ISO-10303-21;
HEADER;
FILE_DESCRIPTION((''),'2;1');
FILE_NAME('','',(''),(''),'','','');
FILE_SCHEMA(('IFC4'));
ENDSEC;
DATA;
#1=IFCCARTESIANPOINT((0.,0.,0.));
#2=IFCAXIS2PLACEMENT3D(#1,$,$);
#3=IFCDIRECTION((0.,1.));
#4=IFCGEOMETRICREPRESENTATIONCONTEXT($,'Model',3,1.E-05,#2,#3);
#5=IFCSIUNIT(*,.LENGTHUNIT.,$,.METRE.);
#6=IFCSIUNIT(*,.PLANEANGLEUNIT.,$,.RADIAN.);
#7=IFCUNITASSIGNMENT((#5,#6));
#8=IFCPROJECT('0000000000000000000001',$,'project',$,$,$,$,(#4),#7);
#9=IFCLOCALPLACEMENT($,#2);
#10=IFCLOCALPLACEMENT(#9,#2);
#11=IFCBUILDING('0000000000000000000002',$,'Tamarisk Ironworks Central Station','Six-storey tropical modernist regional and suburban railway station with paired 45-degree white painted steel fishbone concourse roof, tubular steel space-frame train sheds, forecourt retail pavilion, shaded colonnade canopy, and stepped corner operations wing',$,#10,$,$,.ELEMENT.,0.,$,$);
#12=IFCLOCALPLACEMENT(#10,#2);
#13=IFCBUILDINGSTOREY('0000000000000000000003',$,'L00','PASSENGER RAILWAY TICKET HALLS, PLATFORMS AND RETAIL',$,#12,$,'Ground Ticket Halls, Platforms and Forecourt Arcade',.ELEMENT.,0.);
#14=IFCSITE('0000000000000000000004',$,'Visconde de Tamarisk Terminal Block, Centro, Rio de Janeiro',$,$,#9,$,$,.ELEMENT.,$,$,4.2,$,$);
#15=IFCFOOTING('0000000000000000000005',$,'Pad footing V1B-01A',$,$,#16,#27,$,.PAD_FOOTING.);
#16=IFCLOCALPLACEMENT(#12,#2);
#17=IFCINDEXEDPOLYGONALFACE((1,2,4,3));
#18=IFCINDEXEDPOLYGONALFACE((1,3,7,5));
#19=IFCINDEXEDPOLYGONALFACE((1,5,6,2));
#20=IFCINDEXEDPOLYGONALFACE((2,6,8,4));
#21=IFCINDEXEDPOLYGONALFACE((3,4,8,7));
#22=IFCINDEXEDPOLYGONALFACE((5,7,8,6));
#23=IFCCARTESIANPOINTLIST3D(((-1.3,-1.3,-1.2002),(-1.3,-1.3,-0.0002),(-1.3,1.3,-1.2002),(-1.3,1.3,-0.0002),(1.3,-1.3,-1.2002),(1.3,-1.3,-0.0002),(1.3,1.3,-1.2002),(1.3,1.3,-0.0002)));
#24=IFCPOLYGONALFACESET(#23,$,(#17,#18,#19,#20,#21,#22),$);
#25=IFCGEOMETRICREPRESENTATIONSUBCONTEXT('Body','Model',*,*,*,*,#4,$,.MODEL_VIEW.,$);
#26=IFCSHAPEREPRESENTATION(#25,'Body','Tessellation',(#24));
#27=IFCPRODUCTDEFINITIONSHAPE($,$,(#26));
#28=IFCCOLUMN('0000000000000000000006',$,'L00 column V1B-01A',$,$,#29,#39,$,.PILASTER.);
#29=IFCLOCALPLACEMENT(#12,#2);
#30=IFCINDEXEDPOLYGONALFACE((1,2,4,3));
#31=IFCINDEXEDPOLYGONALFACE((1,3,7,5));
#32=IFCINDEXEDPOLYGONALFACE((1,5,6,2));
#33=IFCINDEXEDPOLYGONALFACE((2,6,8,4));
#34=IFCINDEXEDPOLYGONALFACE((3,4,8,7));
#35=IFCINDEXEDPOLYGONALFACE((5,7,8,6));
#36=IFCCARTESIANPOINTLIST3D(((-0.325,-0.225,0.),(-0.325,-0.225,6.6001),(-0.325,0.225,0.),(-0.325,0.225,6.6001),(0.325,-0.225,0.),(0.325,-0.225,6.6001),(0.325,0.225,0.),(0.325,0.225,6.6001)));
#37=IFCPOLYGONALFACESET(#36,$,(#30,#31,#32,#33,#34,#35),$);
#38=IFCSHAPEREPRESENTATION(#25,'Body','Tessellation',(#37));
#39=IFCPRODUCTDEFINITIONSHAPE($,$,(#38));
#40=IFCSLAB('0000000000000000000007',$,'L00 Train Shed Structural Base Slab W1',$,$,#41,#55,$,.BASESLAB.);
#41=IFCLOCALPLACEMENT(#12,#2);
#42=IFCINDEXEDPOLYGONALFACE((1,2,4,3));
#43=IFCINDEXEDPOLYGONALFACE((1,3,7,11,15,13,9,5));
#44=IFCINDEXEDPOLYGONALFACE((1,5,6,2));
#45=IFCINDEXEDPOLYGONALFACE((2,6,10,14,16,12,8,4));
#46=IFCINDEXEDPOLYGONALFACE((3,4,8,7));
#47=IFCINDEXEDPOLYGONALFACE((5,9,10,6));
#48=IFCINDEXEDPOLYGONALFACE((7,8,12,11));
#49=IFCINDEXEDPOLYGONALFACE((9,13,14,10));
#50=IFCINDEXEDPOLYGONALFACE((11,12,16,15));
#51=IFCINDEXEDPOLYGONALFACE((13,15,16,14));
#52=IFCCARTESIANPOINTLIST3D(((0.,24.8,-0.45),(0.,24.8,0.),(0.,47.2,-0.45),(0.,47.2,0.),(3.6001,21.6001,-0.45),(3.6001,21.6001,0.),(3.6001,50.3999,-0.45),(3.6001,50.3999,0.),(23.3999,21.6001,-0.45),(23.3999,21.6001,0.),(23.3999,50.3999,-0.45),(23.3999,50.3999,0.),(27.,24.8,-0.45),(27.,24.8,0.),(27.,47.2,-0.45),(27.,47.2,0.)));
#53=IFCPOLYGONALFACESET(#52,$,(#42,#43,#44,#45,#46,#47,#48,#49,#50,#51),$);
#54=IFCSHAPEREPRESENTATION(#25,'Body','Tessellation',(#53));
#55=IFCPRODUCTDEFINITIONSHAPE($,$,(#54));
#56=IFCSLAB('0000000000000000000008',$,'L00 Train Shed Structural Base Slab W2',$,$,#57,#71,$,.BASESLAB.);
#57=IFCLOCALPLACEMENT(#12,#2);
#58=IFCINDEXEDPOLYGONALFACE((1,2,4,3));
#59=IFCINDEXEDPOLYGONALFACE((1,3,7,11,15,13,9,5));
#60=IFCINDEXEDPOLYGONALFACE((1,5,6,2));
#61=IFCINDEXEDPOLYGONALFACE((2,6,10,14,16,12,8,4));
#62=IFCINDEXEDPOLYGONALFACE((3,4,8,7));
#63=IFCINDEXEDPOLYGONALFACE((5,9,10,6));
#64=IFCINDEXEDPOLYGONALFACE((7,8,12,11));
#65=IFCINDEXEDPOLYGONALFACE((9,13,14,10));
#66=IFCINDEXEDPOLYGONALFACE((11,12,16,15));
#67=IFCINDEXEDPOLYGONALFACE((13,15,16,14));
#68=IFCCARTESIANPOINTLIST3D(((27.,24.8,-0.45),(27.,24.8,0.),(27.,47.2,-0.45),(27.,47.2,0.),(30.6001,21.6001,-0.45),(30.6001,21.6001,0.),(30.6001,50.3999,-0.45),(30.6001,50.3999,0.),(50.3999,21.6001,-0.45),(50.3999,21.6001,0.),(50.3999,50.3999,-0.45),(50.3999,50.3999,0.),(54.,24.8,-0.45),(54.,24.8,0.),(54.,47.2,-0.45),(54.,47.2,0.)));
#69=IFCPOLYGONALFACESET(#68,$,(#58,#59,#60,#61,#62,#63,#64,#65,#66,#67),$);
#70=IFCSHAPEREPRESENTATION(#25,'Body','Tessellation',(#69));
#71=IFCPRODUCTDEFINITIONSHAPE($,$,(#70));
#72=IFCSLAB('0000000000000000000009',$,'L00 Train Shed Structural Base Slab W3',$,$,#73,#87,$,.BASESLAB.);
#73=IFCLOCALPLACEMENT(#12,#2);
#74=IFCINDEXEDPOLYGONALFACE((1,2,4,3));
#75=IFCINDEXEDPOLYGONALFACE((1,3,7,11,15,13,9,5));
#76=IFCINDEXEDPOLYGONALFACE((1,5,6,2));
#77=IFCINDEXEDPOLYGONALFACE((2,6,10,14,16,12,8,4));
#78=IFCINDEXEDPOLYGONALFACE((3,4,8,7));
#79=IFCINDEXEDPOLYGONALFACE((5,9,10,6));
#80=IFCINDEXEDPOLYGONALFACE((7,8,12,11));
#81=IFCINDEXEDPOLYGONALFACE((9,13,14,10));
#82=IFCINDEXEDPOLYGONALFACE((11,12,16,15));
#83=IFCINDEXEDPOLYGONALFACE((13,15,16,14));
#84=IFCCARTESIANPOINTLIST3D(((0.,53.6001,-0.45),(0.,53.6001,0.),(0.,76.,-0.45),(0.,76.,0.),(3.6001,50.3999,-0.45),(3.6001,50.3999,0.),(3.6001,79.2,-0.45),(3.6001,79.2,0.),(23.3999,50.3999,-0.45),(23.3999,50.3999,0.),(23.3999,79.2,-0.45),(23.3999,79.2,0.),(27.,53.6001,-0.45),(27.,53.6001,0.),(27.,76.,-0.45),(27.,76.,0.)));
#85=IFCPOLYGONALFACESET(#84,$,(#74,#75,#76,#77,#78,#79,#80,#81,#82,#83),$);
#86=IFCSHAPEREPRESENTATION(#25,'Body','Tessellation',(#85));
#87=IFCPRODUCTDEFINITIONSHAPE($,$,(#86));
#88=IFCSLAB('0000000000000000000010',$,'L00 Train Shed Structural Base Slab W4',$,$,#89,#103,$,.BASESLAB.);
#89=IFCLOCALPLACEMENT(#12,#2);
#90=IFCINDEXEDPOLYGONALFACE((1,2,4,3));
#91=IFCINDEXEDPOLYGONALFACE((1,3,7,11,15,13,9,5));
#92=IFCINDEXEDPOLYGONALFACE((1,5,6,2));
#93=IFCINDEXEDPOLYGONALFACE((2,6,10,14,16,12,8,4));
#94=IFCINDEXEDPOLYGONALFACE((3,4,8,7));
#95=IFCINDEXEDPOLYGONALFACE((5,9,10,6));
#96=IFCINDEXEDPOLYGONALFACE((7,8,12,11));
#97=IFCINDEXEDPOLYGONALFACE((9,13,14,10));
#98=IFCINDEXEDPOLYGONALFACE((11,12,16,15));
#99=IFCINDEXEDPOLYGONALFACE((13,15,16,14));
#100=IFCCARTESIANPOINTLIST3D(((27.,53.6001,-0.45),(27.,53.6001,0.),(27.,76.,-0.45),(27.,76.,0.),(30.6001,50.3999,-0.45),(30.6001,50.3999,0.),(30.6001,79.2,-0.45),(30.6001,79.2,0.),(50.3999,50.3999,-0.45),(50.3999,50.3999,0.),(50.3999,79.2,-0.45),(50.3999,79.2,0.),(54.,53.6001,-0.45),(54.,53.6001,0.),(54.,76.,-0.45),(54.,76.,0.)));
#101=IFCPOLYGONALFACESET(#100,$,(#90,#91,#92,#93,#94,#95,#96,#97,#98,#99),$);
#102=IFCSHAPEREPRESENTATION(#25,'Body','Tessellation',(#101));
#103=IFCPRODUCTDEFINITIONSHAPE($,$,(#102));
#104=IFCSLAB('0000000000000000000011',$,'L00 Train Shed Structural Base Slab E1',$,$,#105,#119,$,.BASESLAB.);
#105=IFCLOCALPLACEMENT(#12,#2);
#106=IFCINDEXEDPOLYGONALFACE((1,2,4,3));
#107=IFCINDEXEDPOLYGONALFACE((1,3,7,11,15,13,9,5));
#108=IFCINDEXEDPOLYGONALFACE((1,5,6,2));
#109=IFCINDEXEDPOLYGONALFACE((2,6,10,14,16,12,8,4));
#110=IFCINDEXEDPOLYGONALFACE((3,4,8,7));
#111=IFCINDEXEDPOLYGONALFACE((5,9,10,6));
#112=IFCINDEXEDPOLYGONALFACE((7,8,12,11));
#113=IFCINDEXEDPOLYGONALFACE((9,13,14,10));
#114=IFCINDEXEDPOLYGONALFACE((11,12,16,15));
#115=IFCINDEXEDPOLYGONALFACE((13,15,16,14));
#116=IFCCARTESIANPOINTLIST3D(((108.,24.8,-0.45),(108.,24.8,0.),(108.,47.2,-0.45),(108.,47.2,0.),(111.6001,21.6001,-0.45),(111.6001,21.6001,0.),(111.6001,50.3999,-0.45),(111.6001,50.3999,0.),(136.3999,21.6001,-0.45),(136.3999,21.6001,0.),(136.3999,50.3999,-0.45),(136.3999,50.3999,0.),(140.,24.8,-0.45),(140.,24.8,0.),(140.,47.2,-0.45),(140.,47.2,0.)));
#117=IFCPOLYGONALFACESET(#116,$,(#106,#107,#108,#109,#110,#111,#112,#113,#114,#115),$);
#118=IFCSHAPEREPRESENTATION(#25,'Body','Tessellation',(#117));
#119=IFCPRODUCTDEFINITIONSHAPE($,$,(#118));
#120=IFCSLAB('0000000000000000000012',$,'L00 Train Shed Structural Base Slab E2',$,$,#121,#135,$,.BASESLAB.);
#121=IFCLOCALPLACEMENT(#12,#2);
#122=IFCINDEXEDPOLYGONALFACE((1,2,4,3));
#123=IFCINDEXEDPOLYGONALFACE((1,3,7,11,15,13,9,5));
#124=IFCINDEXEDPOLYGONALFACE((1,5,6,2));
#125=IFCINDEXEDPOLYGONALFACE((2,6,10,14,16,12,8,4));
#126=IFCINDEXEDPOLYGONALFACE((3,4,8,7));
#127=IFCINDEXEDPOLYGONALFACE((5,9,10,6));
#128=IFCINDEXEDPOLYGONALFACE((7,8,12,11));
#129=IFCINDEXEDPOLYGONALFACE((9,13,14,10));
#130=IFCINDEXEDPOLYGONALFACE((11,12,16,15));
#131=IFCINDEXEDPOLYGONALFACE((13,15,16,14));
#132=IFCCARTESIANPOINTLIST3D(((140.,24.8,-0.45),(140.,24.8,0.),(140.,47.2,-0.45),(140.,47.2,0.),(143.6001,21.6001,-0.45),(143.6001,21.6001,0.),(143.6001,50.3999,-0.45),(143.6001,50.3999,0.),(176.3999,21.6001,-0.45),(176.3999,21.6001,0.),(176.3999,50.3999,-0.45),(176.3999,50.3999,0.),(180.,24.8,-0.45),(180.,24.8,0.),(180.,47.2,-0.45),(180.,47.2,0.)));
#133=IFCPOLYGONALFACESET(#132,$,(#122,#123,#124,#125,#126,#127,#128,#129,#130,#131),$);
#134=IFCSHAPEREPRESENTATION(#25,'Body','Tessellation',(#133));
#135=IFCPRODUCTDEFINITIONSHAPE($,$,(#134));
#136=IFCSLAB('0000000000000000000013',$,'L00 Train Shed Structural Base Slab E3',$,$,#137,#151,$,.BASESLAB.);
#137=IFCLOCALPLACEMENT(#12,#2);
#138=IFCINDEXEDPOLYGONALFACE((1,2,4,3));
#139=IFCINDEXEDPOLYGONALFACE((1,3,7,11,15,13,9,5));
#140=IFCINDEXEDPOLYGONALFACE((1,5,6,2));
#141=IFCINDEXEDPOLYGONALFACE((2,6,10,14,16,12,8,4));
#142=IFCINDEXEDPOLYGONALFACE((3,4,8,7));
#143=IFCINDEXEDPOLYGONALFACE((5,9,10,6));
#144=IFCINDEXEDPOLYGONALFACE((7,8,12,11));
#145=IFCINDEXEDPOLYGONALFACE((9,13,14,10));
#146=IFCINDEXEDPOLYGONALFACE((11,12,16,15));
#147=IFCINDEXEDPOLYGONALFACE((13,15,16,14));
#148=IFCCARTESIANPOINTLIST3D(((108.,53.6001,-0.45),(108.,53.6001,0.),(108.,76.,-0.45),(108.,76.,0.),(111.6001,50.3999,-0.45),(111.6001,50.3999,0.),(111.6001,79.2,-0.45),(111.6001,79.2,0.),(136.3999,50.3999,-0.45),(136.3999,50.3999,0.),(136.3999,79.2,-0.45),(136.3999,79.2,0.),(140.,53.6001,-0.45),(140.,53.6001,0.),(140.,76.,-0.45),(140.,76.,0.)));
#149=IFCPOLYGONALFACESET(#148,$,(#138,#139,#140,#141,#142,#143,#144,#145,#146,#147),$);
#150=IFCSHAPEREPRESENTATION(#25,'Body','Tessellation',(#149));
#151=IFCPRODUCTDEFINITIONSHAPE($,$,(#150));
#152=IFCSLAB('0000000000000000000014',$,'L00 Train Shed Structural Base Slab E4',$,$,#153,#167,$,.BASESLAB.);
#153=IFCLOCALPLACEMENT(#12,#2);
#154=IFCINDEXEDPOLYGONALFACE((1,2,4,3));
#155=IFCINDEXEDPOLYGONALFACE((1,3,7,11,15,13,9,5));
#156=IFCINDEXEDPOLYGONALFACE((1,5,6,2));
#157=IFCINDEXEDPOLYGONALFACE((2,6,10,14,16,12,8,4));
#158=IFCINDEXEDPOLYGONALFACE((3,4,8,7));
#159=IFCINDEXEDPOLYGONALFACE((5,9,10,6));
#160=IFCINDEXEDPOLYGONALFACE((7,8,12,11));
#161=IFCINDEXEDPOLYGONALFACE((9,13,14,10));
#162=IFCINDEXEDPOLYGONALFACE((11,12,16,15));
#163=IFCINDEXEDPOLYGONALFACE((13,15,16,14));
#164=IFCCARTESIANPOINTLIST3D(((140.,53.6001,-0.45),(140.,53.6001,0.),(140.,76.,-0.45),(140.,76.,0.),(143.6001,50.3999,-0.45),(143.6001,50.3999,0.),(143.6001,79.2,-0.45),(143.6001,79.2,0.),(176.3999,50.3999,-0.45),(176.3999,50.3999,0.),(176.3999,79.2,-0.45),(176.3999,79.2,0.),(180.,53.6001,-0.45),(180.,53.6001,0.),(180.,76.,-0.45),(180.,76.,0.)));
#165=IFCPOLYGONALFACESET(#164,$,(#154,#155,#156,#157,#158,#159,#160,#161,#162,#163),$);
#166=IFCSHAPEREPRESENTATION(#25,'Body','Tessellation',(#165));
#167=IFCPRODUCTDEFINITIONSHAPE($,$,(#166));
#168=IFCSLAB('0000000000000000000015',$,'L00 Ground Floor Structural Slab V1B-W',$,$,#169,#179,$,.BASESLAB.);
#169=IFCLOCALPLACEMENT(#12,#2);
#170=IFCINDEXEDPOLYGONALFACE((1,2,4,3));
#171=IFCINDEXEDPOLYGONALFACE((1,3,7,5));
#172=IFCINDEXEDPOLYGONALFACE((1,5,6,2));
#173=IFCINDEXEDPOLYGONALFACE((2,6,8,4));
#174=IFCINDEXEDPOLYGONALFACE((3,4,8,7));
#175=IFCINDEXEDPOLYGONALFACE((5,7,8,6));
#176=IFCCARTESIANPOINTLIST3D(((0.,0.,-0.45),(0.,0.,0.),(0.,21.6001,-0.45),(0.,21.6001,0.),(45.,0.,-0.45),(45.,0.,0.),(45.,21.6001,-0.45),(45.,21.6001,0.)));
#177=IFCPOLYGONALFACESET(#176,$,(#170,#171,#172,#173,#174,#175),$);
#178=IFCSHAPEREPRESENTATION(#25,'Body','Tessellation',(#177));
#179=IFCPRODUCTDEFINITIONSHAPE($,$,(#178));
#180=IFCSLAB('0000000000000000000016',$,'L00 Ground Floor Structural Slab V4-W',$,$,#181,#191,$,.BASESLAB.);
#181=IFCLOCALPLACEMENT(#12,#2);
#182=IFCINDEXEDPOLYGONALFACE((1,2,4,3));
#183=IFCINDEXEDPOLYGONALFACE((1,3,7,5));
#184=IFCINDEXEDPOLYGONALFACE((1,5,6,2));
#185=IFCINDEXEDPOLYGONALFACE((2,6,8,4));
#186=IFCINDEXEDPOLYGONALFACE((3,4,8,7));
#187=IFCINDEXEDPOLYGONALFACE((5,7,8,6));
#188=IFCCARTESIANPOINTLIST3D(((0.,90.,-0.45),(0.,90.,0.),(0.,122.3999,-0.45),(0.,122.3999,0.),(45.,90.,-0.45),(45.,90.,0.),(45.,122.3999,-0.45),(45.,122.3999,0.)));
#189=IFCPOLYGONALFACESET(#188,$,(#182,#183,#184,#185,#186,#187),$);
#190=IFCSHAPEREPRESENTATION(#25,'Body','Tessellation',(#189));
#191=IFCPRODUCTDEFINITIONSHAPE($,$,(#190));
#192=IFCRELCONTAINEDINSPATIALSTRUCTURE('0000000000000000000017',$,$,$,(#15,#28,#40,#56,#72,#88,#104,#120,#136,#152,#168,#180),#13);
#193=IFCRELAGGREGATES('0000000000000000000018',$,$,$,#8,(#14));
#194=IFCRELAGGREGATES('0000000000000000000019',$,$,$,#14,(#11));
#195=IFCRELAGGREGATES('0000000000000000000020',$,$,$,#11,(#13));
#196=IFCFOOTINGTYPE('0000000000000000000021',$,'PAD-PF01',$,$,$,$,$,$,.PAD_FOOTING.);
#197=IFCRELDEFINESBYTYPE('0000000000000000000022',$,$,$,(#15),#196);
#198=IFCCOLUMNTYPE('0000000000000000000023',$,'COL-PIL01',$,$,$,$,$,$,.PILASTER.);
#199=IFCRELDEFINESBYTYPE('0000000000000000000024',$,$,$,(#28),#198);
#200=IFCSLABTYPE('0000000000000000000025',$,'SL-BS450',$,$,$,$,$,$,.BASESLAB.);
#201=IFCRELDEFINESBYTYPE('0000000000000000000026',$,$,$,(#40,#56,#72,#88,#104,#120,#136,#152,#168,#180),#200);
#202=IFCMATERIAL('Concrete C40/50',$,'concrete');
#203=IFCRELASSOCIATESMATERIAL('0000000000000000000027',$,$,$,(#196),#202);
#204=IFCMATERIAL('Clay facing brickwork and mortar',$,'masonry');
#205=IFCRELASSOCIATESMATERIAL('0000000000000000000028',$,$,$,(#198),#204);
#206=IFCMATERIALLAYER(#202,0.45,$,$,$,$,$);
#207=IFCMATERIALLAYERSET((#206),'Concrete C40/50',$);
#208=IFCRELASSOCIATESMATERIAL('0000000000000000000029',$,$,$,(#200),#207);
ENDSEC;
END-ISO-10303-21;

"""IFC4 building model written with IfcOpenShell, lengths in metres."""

from ifc_helpers import new_model, si_unit, direction, frame, origin, origin_with_axes, origin_2d, place, context, subcontext, project, spatial, polyline, rectangle, outline, extrude, material, layer, layer_set, material_profile, profile_set, type_object, element, save


model = new_model("IFC4")

# Units and contexts
model_context = context("Model", 3, precision=1e-05, world=origin(), true_north=direction((0.0, 1.0)))
body_context = subcontext(model_context, "Body", "Model", "MODEL_VIEW")
ifc_project = project(units=[si_unit("LENGTHUNIT", "METRE"), si_unit("PLANEANGLEUNIT", "RADIAN")], contexts=[model_context])

# Site, building, storey
site_placement = place(None, origin())
site = spatial("IfcSite", under=ifc_project, at=site_placement, Name="Visconde de Tamarisk Terminal Block, Centro, Rio de Janeiro", CompositionType="ELEMENT", RefElevation=4.2)
building_placement = place(site_placement, origin())
building = spatial("IfcBuilding", under=site, at=building_placement, Name="Tamarisk Ironworks Central Station", Description="Six-storey tropical modernist regional and suburban railway station with paired 45-degree white painted steel fishbone concourse roof, tubular steel space-frame train sheds, forecourt retail pavilion, shaded colonnade canopy, and stepped corner operations wing", CompositionType="ELEMENT", ElevationOfRefHeight=0.0)
storey_placement = place(building_placement, origin())
storey = spatial("IfcBuildingStorey", under=building, at=storey_placement, Name="L00", Description="PASSENGER RAILWAY TICKET HALLS, PLATFORMS AND RETAIL", LongName="Ground Ticket Halls, Platforms and Forecourt Arcade", CompositionType="ELEMENT", Elevation=0.0)

# Footing
ifc_material_1 = material(Name="Concrete C40/50", Category="concrete")
footing_type = type_object("IfcFootingType", Name="PAD-PF01", PredefinedType="PAD_FOOTING", material=ifc_material_1)
footing_placement = place(storey_placement, frame((0.0, 0.0, -1.2002), z_axis=(0.0, 0.0, 1.0), x_axis=(1.0, 0.0, 0.0)))
element("IfcFooting", 1, at=footing_placement, inside=storey, type_object=footing_type, Name="Pad footing V1B-01A", PredefinedType="PAD_FOOTING", context=body_context, shape_type="SweptSolid", body=[
    extrude(rectangle(XDim=2.6001, YDim=2.6001, at=origin_2d()), origin(), (0.0, 0.0, 1.0), 1.2),
])

# Column
ifc_material_2 = material(Name="Clay facing brickwork and mortar", Category="masonry")
ifc_material_profile = material_profile(ifc_material_2, rectangle(XDim=0.6499, YDim=0.45, at=origin_2d()), Name="PIL 650x450")
ifc_profile_set = profile_set([ifc_material_profile], Name="Clay facing brickwork and mortar")
column_type = type_object("IfcColumnType", Name="COL-PIL01", PredefinedType="PILASTER", material=ifc_profile_set)
column_placement = place(storey_placement, origin_with_axes())
element("IfcColumn", 2, at=column_placement, inside=storey, type_object=column_type, Name="L00 column V1B-01A", PredefinedType="PILASTER", context=body_context, shape_type="SweptSolid", body=[
    extrude(rectangle(XDim=0.6499, YDim=0.45, at=origin_2d()), origin(), (0.0, 0.0, 1.0), 6.6001),
])

# Slabs
ifc_layer_1 = layer(ifc_material_1, 0.45)
ifc_layer_set_1 = layer_set([ifc_layer_1], Name="Concrete C40/50")
slab_type_1 = type_object("IfcSlabType", Name="SL-BS450", PredefinedType="BASESLAB", material=ifc_layer_set_1)
slab_1_placement = place(storey_placement, frame((0.0, 0.0, -0.45)))
element("IfcSlab", 3, at=slab_1_placement, inside=storey, type_object=slab_type_1, Name="L00 Train Shed Structural Base Slab W1", PredefinedType="BASESLAB", context=body_context, shape_type="SweptSolid", body=[
    extrude(outline(polyline([(3.6001, 21.6001), (23.3999, 21.6001), (27.0, 24.8), (27.0, 47.2), (23.3999, 50.3999), (3.6001, 50.3999), (0.0, 47.2), (0.0, 24.8), (3.6001, 21.6001)])), origin(), (0.0, 0.0, 1.0), 0.45),
])
slab_2_placement = place(storey_placement, frame((0.0, 0.0, -0.45)))
element("IfcSlab", 4, at=slab_2_placement, inside=storey, type_object=slab_type_1, Name="L00 Train Shed Structural Base Slab W2", PredefinedType="BASESLAB", context=body_context, shape_type="SweptSolid", body=[
    extrude(outline(polyline([(30.6001, 21.6001), (50.3999, 21.6001), (54.0, 24.8), (54.0, 47.2), (50.3999, 50.3999), (30.6001, 50.3999), (27.0, 47.2), (27.0, 24.8), (30.6001, 21.6001)])), origin(), (0.0, 0.0, 1.0), 0.45),
])
slab_3_placement = place(storey_placement, frame((0.0, 0.0, -0.45)))
element("IfcSlab", 5, at=slab_3_placement, inside=storey, type_object=slab_type_1, Name="L00 Train Shed Structural Base Slab W3", PredefinedType="BASESLAB", context=body_context, shape_type="SweptSolid", body=[
    extrude(outline(polyline([(3.6001, 50.3999), (23.3999, 50.3999), (27.0, 53.6001), (27.0, 76.0), (23.3999, 79.2), (3.6001, 79.2), (0.0, 76.0), (0.0, 53.6001), (3.6001, 50.3999)])), origin(), (0.0, 0.0, 1.0), 0.45),
])
slab_4_placement = place(storey_placement, frame((0.0, 0.0, -0.45)))
element("IfcSlab", 6, at=slab_4_placement, inside=storey, type_object=slab_type_1, Name="L00 Train Shed Structural Base Slab W4", PredefinedType="BASESLAB", context=body_context, shape_type="SweptSolid", body=[
    extrude(outline(polyline([(30.6001, 50.3999), (50.3999, 50.3999), (54.0, 53.6001), (54.0, 76.0), (50.3999, 79.2), (30.6001, 79.2), (27.0, 76.0), (27.0, 53.6001), (30.6001, 50.3999)])), origin(), (0.0, 0.0, 1.0), 0.45),
])
slab_5_placement = place(storey_placement, frame((0.0, 0.0, -0.45)))
element("IfcSlab", 7, at=slab_5_placement, inside=storey, type_object=slab_type_1, Name="L00 Train Shed Structural Base Slab E1", PredefinedType="BASESLAB", context=body_context, shape_type="SweptSolid", body=[
    extrude(outline(polyline([(111.6001, 21.6001), (136.3999, 21.6001), (140.0, 24.8), (140.0, 47.2), (136.3999, 50.3999), (111.6001, 50.3999), (108.0, 47.2), (108.0, 24.8), (111.6001, 21.6001)])), origin(), (0.0, 0.0, 1.0), 0.45),
])
slab_6_placement = place(storey_placement, frame((0.0, 0.0, -0.45)))
element("IfcSlab", 8, at=slab_6_placement, inside=storey, type_object=slab_type_1, Name="L00 Train Shed Structural Base Slab E2", PredefinedType="BASESLAB", context=body_context, shape_type="SweptSolid", body=[
    extrude(outline(polyline([(143.6001, 21.6001), (176.3999, 21.6001), (180.0, 24.8), (180.0, 47.2), (176.3999, 50.3999), (143.6001, 50.3999), (140.0, 47.2), (140.0, 24.8), (143.6001, 21.6001)])), origin(), (0.0, 0.0, 1.0), 0.45),
])
slab_7_placement = place(storey_placement, frame((0.0, 0.0, -0.45)))
element("IfcSlab", 9, at=slab_7_placement, inside=storey, type_object=slab_type_1, Name="L00 Train Shed Structural Base Slab E3", PredefinedType="BASESLAB", context=body_context, shape_type="SweptSolid", body=[
    extrude(outline(polyline([(111.6001, 50.3999), (136.3999, 50.3999), (140.0, 53.6001), (140.0, 76.0), (136.3999, 79.2), (111.6001, 79.2), (108.0, 76.0), (108.0, 53.6001), (111.6001, 50.3999)])), origin(), (0.0, 0.0, 1.0), 0.45),
])
slab_8_placement = place(storey_placement, frame((0.0, 0.0, -0.45)))
element("IfcSlab", 10, at=slab_8_placement, inside=storey, type_object=slab_type_1, Name="L00 Train Shed Structural Base Slab E4", PredefinedType="BASESLAB", context=body_context, shape_type="SweptSolid", body=[
    extrude(outline(polyline([(143.6001, 50.3999), (176.3999, 50.3999), (180.0, 53.6001), (180.0, 76.0), (176.3999, 79.2), (143.6001, 79.2), (140.0, 76.0), (140.0, 53.6001), (143.6001, 50.3999)])), origin(), (0.0, 0.0, 1.0), 0.45),
])
slab_9_placement = place(storey_placement, frame((0.0, 0.0, -0.45)))
element("IfcSlab", 11, at=slab_9_placement, inside=storey, type_object=slab_type_1, Name="L00 Ground Floor Structural Slab V1B-W", PredefinedType="BASESLAB", context=body_context, shape_type="SweptSolid", body=[
    extrude(outline(polyline([(0.0, 0.0), (45.0, 0.0), (45.0, 21.6001), (0.0, 21.6001), (0.0, 0.0)])), origin(), (0.0, 0.0, 1.0), 0.45),
])
slab_10_placement = place(storey_placement, frame((0.0, 0.0, -0.45)))
element("IfcSlab", 12, at=slab_10_placement, inside=storey, type_object=slab_type_1, Name="L00 Ground Floor Structural Slab V4-W", PredefinedType="BASESLAB", context=body_context, shape_type="SweptSolid", body=[
    extrude(outline(polyline([(0.0, 90.0), (45.0, 90.0), (45.0, 122.3999), (0.0, 122.3999), (0.0, 90.0)])), origin(), (0.0, 0.0, 1.0), 0.45),
])

save(model, "model.ifc")
